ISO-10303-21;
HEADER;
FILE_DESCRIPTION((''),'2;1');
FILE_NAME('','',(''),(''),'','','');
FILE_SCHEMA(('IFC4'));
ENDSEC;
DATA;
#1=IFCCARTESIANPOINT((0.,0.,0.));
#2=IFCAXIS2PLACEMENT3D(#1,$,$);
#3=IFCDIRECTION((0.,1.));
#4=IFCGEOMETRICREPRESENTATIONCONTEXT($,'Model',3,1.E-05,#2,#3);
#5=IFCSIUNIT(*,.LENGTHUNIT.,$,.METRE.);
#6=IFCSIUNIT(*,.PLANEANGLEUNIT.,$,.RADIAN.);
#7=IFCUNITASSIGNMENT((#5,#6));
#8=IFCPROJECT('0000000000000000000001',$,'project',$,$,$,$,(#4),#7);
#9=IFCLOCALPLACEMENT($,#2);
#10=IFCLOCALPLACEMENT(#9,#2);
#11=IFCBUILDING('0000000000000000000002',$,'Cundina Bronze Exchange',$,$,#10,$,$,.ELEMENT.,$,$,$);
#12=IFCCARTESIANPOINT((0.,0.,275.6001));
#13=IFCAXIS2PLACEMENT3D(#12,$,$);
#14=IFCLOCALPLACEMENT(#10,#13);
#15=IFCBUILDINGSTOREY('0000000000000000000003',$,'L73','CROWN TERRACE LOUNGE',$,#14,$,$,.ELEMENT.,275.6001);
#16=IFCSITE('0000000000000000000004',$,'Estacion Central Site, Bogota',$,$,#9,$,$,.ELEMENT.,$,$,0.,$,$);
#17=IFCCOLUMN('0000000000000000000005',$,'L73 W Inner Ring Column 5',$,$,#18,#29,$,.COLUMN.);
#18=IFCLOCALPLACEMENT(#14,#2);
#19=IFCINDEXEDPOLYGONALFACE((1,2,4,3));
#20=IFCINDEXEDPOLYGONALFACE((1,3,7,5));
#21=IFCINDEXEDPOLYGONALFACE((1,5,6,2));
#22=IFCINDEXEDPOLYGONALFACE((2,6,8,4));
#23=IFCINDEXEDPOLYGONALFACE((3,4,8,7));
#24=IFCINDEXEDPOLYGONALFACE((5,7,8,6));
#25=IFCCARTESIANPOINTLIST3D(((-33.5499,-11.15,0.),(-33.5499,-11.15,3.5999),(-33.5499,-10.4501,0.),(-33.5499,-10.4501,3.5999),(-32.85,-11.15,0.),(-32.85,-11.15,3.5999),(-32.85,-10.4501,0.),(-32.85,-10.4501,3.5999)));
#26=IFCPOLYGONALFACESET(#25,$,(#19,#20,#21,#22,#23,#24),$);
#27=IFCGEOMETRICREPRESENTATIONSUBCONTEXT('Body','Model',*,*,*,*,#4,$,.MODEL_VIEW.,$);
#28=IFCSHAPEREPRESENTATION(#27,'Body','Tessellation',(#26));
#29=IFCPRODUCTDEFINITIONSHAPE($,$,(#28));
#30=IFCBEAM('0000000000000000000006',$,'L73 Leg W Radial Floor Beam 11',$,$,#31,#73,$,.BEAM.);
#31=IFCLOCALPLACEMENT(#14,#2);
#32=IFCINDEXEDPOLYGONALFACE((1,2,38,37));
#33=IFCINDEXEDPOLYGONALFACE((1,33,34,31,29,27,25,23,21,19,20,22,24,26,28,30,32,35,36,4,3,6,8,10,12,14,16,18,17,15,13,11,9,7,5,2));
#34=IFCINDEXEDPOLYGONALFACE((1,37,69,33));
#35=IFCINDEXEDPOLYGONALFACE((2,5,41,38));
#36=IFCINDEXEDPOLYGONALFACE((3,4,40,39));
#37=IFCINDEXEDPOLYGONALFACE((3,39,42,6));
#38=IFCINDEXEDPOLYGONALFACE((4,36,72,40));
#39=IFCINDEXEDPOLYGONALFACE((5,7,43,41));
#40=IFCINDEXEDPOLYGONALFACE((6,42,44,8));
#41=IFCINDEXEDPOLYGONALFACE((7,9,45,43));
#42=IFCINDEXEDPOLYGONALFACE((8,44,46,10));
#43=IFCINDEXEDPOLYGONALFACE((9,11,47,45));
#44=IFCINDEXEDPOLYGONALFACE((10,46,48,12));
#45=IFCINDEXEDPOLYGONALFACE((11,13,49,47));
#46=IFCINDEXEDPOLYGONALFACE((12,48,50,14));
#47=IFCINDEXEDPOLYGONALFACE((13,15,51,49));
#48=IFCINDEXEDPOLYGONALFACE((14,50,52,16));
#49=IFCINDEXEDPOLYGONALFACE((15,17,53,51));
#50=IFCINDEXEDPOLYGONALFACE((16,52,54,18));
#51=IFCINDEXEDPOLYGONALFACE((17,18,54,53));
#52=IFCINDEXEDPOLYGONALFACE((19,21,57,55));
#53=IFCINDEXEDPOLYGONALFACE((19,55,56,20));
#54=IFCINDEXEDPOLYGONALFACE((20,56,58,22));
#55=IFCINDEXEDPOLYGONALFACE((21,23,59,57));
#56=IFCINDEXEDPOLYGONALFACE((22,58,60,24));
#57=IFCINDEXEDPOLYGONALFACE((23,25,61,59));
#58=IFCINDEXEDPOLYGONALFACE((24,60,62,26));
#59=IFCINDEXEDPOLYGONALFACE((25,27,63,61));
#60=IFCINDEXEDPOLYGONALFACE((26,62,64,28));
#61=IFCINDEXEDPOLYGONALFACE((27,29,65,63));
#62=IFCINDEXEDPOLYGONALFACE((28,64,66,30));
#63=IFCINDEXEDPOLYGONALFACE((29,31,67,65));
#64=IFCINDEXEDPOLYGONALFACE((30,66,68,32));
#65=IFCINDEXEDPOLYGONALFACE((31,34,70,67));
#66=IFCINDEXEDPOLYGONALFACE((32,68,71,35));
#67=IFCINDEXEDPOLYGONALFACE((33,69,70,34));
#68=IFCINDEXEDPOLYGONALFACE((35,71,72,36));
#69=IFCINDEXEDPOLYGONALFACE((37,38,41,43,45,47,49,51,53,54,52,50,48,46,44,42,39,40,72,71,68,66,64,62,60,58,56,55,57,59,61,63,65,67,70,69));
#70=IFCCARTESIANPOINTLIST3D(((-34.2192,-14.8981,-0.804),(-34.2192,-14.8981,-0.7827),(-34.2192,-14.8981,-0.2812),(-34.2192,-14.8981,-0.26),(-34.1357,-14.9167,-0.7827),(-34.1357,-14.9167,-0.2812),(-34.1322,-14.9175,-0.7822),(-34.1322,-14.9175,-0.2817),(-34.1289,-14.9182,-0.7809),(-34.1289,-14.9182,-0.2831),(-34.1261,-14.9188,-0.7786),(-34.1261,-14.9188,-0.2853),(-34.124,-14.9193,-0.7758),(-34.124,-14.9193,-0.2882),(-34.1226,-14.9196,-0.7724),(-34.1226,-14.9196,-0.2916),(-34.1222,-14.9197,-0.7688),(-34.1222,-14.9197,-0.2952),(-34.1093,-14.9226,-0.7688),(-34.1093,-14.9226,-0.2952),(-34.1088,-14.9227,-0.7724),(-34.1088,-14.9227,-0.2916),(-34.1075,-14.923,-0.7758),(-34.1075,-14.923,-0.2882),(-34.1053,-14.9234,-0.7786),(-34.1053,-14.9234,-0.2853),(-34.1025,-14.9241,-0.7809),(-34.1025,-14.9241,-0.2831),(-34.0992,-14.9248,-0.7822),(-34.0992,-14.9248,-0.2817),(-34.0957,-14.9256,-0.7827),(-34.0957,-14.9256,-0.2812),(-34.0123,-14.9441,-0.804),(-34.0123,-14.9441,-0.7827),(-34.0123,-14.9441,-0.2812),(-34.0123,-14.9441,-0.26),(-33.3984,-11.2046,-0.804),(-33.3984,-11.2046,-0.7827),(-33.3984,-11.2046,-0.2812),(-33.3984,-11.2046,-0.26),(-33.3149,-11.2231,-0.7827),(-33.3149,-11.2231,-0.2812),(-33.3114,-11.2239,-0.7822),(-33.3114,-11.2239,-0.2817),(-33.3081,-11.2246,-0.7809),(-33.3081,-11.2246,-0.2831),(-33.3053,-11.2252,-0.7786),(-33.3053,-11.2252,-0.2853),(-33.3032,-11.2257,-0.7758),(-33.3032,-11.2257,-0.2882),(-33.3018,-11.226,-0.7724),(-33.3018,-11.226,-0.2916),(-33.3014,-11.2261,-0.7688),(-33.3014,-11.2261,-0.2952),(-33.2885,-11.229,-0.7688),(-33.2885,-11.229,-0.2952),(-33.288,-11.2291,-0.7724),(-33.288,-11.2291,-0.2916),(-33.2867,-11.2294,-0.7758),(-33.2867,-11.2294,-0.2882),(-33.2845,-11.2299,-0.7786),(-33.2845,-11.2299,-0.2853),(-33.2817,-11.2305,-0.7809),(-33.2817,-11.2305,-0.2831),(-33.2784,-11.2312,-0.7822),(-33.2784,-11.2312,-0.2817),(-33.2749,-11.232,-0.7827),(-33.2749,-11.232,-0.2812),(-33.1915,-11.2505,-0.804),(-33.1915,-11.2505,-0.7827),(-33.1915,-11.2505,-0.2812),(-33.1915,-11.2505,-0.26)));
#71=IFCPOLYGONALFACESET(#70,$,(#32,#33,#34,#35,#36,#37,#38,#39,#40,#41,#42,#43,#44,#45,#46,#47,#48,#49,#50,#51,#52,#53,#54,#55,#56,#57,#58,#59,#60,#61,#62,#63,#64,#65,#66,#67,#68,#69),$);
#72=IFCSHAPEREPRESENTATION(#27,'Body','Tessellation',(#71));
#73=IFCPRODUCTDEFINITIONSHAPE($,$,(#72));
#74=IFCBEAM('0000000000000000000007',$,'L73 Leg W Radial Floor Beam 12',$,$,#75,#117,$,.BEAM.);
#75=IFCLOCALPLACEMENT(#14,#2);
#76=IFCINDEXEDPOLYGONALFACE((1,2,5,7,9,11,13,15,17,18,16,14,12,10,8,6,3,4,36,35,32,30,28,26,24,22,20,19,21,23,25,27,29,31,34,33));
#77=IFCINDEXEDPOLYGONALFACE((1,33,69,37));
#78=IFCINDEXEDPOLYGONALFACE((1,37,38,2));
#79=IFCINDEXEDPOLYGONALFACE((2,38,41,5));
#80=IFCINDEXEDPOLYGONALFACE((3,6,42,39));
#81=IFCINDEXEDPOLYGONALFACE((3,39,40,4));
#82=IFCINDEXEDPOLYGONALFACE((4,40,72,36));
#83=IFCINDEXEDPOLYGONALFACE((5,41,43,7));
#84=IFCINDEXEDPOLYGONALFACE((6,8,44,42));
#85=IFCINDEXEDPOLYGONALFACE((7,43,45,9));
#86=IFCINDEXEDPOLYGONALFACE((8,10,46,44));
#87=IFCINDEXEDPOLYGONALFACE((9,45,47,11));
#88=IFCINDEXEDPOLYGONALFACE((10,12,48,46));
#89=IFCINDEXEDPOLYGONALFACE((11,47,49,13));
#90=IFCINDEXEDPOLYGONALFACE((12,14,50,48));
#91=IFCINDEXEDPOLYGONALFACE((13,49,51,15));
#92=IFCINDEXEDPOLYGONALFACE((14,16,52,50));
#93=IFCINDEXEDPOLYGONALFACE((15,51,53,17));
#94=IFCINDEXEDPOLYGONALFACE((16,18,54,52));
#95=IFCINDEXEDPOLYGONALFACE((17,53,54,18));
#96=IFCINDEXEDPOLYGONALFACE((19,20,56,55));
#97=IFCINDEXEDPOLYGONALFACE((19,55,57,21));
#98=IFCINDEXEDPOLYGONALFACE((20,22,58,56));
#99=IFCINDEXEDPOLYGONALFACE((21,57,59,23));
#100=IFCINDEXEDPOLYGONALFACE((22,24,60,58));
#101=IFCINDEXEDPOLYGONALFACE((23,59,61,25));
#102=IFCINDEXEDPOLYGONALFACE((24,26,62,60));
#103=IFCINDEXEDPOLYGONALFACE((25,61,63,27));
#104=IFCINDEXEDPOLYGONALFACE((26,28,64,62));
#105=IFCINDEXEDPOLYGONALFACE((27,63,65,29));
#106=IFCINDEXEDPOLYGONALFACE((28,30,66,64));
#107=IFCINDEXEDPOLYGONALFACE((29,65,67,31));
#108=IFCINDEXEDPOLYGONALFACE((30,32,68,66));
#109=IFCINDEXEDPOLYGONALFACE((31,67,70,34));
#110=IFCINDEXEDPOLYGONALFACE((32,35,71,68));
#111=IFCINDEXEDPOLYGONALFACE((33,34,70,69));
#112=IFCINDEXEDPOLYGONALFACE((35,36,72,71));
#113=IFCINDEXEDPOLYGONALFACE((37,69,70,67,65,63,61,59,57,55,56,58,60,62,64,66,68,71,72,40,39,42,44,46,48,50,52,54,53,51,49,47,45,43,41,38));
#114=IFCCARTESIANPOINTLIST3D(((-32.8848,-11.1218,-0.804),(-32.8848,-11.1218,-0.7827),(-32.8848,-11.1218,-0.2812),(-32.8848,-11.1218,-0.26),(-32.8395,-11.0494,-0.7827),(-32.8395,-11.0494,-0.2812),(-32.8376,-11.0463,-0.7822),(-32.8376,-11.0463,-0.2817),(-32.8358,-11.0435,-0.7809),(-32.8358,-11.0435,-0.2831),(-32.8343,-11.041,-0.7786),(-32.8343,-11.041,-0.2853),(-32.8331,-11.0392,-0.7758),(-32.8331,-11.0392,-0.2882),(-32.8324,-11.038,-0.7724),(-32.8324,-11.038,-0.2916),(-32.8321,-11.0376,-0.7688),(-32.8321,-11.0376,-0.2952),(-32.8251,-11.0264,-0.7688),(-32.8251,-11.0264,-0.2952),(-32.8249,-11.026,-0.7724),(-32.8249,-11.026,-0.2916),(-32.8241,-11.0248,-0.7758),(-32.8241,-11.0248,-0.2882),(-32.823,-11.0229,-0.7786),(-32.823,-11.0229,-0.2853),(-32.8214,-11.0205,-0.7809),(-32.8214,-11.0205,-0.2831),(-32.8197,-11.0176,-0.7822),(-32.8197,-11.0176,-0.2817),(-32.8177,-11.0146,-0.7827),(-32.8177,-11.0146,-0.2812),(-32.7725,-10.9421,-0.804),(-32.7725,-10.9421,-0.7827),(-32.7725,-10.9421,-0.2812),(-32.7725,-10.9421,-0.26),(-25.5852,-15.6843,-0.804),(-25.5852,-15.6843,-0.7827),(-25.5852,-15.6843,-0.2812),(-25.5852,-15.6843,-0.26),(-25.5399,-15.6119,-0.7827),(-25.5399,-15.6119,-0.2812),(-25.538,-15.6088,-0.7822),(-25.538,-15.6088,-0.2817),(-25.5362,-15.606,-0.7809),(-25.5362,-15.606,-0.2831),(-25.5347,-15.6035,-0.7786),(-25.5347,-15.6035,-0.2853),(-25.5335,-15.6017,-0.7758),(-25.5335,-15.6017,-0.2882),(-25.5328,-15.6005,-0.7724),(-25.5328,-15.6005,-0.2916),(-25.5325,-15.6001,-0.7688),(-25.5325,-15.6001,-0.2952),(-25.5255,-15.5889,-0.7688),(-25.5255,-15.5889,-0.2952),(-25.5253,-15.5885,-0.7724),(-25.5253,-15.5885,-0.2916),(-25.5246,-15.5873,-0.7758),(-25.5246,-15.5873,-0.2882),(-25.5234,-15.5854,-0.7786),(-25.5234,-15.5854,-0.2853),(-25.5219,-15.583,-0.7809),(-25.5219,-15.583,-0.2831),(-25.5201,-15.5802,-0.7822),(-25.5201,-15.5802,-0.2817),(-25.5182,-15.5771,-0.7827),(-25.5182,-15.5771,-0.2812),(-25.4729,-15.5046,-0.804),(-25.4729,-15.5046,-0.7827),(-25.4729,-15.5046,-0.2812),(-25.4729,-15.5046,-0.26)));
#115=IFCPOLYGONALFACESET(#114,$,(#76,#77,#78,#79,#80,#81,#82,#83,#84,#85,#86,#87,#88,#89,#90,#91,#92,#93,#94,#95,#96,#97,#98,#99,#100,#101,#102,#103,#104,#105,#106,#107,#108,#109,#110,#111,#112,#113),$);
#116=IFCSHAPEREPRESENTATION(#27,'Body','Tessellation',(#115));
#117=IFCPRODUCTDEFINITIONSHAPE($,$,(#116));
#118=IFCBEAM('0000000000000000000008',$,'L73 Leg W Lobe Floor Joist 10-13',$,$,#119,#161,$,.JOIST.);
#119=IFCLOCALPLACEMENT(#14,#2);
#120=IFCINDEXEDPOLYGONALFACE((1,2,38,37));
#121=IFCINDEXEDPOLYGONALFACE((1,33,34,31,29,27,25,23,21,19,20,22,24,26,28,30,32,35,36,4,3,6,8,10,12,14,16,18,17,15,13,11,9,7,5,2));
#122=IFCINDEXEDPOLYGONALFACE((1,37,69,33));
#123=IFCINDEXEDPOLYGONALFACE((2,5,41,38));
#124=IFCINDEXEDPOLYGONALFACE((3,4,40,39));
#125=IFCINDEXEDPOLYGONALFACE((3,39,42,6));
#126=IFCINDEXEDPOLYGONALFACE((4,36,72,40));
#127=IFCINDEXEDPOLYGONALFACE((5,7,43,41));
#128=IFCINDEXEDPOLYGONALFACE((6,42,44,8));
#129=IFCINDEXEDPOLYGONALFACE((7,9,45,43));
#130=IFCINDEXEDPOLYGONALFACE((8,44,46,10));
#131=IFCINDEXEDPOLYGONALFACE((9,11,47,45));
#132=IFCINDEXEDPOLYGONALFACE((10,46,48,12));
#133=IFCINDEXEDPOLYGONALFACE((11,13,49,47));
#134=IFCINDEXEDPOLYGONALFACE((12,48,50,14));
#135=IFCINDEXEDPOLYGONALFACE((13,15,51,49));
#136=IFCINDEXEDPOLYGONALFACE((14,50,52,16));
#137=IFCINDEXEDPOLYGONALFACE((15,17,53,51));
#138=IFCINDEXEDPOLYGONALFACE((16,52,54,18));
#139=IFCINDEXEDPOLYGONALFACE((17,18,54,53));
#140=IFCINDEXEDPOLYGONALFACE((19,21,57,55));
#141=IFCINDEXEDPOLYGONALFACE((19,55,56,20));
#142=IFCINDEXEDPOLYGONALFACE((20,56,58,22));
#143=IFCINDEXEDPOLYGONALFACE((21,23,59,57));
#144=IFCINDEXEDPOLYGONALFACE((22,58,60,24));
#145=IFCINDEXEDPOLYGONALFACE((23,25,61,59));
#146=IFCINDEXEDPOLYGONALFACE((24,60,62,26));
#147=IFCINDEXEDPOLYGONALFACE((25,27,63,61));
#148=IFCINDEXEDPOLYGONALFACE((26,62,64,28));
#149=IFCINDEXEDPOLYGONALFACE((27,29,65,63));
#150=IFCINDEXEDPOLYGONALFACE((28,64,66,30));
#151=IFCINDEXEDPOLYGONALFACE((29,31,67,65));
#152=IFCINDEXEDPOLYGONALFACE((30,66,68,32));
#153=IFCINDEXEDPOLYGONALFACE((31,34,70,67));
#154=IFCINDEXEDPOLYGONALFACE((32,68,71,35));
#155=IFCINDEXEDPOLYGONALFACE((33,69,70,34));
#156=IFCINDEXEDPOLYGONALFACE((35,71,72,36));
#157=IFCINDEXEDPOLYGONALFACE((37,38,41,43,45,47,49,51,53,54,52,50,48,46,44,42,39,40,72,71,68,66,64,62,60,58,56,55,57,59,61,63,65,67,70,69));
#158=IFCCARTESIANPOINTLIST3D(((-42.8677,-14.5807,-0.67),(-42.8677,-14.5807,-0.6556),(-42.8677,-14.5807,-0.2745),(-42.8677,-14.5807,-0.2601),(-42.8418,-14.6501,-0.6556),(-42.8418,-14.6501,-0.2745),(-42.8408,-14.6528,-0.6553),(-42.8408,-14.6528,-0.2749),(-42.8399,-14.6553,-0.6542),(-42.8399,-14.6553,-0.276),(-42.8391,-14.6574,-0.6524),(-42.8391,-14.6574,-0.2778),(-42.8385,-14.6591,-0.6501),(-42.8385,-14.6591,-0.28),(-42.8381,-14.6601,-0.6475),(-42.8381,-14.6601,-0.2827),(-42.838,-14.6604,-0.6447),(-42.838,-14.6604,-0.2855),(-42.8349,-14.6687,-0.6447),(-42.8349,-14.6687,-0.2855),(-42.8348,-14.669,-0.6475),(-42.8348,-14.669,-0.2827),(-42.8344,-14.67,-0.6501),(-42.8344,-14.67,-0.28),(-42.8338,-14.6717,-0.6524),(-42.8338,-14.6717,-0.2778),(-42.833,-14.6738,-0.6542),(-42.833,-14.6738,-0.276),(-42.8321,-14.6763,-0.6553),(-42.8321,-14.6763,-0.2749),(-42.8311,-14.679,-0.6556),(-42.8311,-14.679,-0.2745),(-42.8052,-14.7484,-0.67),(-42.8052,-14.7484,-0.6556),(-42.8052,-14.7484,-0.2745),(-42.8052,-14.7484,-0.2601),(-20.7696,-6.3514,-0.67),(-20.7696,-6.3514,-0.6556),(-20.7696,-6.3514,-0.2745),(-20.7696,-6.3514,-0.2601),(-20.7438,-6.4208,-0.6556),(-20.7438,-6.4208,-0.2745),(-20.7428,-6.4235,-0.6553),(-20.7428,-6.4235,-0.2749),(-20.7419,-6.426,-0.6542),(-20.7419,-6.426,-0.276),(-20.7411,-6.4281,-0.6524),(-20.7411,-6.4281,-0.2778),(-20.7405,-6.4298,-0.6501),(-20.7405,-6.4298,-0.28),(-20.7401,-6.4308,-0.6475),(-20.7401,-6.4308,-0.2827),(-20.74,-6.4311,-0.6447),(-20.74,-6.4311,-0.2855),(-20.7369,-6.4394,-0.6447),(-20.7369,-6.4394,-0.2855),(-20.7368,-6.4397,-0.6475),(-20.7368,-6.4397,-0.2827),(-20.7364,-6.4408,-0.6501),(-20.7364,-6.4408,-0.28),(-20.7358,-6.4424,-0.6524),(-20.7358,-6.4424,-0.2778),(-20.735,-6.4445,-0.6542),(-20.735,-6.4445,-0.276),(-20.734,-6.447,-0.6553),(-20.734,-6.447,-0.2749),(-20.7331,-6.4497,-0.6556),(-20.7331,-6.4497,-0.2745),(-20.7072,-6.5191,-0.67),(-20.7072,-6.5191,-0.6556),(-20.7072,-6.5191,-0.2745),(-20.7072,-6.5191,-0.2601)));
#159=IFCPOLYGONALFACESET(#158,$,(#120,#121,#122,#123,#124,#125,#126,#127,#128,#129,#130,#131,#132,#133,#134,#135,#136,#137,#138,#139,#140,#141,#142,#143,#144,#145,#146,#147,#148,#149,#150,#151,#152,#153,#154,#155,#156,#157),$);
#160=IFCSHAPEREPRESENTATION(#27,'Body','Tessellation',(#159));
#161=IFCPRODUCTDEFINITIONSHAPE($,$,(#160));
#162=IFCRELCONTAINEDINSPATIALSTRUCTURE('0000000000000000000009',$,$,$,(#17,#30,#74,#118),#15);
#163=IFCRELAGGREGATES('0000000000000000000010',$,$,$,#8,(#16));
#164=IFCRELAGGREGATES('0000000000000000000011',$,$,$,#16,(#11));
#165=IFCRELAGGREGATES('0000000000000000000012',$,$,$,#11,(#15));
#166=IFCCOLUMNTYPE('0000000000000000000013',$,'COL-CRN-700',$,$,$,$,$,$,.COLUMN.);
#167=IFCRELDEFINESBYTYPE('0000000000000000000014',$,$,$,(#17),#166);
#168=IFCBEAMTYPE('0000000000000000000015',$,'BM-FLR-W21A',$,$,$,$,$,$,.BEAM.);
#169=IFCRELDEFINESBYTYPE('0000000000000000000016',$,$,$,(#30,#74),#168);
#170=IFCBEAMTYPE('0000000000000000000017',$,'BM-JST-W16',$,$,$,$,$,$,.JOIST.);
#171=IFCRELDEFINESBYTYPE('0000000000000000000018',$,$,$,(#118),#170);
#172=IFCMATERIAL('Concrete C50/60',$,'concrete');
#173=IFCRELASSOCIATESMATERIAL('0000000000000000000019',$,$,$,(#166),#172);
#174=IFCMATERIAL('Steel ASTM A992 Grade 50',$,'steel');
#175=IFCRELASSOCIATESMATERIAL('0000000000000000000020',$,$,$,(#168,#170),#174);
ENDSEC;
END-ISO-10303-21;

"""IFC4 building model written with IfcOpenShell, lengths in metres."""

from ifc_helpers import new_model, si_unit, direction, frame, origin, origin_2d, place, context, subcontext, project, spatial, rectangle, i_section, extrude, material, material_profile, profile_set, type_object, element, save


model = new_model("IFC4")

# Units and contexts
model_context = context("Model", 3, precision=1e-05, world=origin(), true_north=direction((0.0, 1.0)))
body_context = subcontext(model_context, "Body", "Model", "MODEL_VIEW")
ifc_project = project(units=[si_unit("LENGTHUNIT", "METRE"), si_unit("PLANEANGLEUNIT", "RADIAN")], contexts=[model_context])

# Site, building, storey
site_placement = place(None, origin())
site = spatial("IfcSite", under=ifc_project, at=site_placement, Name="Estacion Central Site, Bogota", CompositionType="ELEMENT", RefElevation=0.0)
building_placement = place(site_placement, origin())
building = spatial("IfcBuilding", under=site, at=building_placement, Name="Cundina Bronze Exchange", CompositionType="ELEMENT")
storey_placement = place(building_placement, frame((0.0, 0.0, 275.6001)))
storey = spatial("IfcBuildingStorey", under=building, at=storey_placement, Name="L73", Description="CROWN TERRACE LOUNGE", CompositionType="ELEMENT", Elevation=275.6001)

# Column
ifc_material_1 = material(Name="Concrete C50/60", Category="concrete")
ifc_material_profile_1 = material_profile(ifc_material_1, rectangle(XDim=0.7, YDim=0.7, at=origin_2d()), Name="RC700X700", Category="concrete")
ifc_profile_set_1 = profile_set([ifc_material_profile_1], Name="Concrete C50/60")
column_type = type_object("IfcColumnType", Name="COL-CRN-700", PredefinedType="COLUMN", material=ifc_profile_set_1)
column_placement = place(storey_placement, frame((-33.2, -10.8, 0.0), z_axis=(0.0, 0.0, 1.0), x_axis=(1.0, 0.0, 0.0)))
element("IfcColumn", 1, at=column_placement, inside=storey, type_object=column_type, Name="L73 W Inner Ring Column 5", PredefinedType="COLUMN", context=body_context, shape_type="SweptSolid", body=[
    extrude(rectangle(XDim=0.7, YDim=0.7, at=origin_2d()), origin(), (0.0, 0.0, 1.0), 3.5999),
])

# Beams
ifc_material_2 = material(Name="Steel ASTM A992 Grade 50", Category="steel")
ifc_material_profile_2 = material_profile(ifc_material_2, i_section(OverallWidth=0.2119, OverallDepth=0.5439, WebThickness=0.0132, FlangeThickness=0.0212, FilletRadius=0.0139, at=origin_2d()), Name="W21X83", Category="steel")
ifc_profile_set_2 = profile_set([ifc_material_profile_2], Name="Steel ASTM A992 Grade 50")
beam_type_1 = type_object("IfcBeamType", Name="BM-FLR-W21A", PredefinedType="BEAM", material=ifc_profile_set_2)
beam_1_placement = place(storey_placement, frame((-33.2949, -11.2275, -0.532), z_axis=(-0.21693, -0.976187, 0.0), x_axis=(0.976187, -0.21693, 0.0)))
element("IfcBeam", 2, at=beam_1_placement, inside=storey, type_object=beam_type_1, Name="L73 Leg W Radial Floor Beam 11", PredefinedType="BEAM", context=body_context, shape_type="SweptSolid", body=[
    extrude(i_section(OverallWidth=0.2119, OverallDepth=0.5439, WebThickness=0.0132, FlangeThickness=0.0212, FilletRadius=0.0139, at=origin_2d()), origin(), (0.0, 0.0, 1.0), 3.7837),
])
beam_2_placement = place(storey_placement, frame((-32.8286, -11.032, -0.532), z_axis=(0.847984, -0.530022, 0.0), x_axis=(0.530022, 0.847984, 0.0)))
element("IfcBeam", 3, at=beam_2_placement, inside=storey, type_object=beam_type_1, Name="L73 Leg W Radial Floor Beam 12", PredefinedType="BEAM", context=body_context, shape_type="SweptSolid", body=[
    extrude(i_section(OverallWidth=0.2119, OverallDepth=0.5439, WebThickness=0.0132, FlangeThickness=0.0212, FilletRadius=0.0139, at=origin_2d()), origin(), (0.0, 0.0, 1.0), 8.6082),
])
ifc_material_profile_3 = material_profile(ifc_material_2, i_section(OverallWidth=0.179, OverallDepth=0.4099, WebThickness=0.0088, FlangeThickness=0.0144, FilletRadius=0.011, at=origin_2d()), Name="W16X45", Category="steel")
ifc_profile_set_3 = profile_set([ifc_material_profile_3], Name="Steel ASTM A992 Grade 50")
beam_type_2 = type_object("IfcBeamType", Name="BM-JST-W16", PredefinedType="JOIST", material=ifc_profile_set_3)
beam_3_placement = place(storey_placement, frame((-42.8364, -14.6646, -0.4651), z_axis=(0.937128, 0.348986, 0.0), x_axis=(-0.348986, 0.937128, 0.0)))
element("IfcBeam", 4, at=beam_3_placement, inside=storey, type_object=beam_type_2, Name="L73 Leg W Lobe Floor Joist 10-13", PredefinedType="JOIST", context=body_context, shape_type="SweptSolid", body=[
    extrude(i_section(OverallWidth=0.179, OverallDepth=0.4099, WebThickness=0.0088, FlangeThickness=0.0144, FilletRadius=0.011, at=origin_2d()), origin(), (0.0, 0.0, 1.0), 23.5806),
])

save(model, "model.ifc")
